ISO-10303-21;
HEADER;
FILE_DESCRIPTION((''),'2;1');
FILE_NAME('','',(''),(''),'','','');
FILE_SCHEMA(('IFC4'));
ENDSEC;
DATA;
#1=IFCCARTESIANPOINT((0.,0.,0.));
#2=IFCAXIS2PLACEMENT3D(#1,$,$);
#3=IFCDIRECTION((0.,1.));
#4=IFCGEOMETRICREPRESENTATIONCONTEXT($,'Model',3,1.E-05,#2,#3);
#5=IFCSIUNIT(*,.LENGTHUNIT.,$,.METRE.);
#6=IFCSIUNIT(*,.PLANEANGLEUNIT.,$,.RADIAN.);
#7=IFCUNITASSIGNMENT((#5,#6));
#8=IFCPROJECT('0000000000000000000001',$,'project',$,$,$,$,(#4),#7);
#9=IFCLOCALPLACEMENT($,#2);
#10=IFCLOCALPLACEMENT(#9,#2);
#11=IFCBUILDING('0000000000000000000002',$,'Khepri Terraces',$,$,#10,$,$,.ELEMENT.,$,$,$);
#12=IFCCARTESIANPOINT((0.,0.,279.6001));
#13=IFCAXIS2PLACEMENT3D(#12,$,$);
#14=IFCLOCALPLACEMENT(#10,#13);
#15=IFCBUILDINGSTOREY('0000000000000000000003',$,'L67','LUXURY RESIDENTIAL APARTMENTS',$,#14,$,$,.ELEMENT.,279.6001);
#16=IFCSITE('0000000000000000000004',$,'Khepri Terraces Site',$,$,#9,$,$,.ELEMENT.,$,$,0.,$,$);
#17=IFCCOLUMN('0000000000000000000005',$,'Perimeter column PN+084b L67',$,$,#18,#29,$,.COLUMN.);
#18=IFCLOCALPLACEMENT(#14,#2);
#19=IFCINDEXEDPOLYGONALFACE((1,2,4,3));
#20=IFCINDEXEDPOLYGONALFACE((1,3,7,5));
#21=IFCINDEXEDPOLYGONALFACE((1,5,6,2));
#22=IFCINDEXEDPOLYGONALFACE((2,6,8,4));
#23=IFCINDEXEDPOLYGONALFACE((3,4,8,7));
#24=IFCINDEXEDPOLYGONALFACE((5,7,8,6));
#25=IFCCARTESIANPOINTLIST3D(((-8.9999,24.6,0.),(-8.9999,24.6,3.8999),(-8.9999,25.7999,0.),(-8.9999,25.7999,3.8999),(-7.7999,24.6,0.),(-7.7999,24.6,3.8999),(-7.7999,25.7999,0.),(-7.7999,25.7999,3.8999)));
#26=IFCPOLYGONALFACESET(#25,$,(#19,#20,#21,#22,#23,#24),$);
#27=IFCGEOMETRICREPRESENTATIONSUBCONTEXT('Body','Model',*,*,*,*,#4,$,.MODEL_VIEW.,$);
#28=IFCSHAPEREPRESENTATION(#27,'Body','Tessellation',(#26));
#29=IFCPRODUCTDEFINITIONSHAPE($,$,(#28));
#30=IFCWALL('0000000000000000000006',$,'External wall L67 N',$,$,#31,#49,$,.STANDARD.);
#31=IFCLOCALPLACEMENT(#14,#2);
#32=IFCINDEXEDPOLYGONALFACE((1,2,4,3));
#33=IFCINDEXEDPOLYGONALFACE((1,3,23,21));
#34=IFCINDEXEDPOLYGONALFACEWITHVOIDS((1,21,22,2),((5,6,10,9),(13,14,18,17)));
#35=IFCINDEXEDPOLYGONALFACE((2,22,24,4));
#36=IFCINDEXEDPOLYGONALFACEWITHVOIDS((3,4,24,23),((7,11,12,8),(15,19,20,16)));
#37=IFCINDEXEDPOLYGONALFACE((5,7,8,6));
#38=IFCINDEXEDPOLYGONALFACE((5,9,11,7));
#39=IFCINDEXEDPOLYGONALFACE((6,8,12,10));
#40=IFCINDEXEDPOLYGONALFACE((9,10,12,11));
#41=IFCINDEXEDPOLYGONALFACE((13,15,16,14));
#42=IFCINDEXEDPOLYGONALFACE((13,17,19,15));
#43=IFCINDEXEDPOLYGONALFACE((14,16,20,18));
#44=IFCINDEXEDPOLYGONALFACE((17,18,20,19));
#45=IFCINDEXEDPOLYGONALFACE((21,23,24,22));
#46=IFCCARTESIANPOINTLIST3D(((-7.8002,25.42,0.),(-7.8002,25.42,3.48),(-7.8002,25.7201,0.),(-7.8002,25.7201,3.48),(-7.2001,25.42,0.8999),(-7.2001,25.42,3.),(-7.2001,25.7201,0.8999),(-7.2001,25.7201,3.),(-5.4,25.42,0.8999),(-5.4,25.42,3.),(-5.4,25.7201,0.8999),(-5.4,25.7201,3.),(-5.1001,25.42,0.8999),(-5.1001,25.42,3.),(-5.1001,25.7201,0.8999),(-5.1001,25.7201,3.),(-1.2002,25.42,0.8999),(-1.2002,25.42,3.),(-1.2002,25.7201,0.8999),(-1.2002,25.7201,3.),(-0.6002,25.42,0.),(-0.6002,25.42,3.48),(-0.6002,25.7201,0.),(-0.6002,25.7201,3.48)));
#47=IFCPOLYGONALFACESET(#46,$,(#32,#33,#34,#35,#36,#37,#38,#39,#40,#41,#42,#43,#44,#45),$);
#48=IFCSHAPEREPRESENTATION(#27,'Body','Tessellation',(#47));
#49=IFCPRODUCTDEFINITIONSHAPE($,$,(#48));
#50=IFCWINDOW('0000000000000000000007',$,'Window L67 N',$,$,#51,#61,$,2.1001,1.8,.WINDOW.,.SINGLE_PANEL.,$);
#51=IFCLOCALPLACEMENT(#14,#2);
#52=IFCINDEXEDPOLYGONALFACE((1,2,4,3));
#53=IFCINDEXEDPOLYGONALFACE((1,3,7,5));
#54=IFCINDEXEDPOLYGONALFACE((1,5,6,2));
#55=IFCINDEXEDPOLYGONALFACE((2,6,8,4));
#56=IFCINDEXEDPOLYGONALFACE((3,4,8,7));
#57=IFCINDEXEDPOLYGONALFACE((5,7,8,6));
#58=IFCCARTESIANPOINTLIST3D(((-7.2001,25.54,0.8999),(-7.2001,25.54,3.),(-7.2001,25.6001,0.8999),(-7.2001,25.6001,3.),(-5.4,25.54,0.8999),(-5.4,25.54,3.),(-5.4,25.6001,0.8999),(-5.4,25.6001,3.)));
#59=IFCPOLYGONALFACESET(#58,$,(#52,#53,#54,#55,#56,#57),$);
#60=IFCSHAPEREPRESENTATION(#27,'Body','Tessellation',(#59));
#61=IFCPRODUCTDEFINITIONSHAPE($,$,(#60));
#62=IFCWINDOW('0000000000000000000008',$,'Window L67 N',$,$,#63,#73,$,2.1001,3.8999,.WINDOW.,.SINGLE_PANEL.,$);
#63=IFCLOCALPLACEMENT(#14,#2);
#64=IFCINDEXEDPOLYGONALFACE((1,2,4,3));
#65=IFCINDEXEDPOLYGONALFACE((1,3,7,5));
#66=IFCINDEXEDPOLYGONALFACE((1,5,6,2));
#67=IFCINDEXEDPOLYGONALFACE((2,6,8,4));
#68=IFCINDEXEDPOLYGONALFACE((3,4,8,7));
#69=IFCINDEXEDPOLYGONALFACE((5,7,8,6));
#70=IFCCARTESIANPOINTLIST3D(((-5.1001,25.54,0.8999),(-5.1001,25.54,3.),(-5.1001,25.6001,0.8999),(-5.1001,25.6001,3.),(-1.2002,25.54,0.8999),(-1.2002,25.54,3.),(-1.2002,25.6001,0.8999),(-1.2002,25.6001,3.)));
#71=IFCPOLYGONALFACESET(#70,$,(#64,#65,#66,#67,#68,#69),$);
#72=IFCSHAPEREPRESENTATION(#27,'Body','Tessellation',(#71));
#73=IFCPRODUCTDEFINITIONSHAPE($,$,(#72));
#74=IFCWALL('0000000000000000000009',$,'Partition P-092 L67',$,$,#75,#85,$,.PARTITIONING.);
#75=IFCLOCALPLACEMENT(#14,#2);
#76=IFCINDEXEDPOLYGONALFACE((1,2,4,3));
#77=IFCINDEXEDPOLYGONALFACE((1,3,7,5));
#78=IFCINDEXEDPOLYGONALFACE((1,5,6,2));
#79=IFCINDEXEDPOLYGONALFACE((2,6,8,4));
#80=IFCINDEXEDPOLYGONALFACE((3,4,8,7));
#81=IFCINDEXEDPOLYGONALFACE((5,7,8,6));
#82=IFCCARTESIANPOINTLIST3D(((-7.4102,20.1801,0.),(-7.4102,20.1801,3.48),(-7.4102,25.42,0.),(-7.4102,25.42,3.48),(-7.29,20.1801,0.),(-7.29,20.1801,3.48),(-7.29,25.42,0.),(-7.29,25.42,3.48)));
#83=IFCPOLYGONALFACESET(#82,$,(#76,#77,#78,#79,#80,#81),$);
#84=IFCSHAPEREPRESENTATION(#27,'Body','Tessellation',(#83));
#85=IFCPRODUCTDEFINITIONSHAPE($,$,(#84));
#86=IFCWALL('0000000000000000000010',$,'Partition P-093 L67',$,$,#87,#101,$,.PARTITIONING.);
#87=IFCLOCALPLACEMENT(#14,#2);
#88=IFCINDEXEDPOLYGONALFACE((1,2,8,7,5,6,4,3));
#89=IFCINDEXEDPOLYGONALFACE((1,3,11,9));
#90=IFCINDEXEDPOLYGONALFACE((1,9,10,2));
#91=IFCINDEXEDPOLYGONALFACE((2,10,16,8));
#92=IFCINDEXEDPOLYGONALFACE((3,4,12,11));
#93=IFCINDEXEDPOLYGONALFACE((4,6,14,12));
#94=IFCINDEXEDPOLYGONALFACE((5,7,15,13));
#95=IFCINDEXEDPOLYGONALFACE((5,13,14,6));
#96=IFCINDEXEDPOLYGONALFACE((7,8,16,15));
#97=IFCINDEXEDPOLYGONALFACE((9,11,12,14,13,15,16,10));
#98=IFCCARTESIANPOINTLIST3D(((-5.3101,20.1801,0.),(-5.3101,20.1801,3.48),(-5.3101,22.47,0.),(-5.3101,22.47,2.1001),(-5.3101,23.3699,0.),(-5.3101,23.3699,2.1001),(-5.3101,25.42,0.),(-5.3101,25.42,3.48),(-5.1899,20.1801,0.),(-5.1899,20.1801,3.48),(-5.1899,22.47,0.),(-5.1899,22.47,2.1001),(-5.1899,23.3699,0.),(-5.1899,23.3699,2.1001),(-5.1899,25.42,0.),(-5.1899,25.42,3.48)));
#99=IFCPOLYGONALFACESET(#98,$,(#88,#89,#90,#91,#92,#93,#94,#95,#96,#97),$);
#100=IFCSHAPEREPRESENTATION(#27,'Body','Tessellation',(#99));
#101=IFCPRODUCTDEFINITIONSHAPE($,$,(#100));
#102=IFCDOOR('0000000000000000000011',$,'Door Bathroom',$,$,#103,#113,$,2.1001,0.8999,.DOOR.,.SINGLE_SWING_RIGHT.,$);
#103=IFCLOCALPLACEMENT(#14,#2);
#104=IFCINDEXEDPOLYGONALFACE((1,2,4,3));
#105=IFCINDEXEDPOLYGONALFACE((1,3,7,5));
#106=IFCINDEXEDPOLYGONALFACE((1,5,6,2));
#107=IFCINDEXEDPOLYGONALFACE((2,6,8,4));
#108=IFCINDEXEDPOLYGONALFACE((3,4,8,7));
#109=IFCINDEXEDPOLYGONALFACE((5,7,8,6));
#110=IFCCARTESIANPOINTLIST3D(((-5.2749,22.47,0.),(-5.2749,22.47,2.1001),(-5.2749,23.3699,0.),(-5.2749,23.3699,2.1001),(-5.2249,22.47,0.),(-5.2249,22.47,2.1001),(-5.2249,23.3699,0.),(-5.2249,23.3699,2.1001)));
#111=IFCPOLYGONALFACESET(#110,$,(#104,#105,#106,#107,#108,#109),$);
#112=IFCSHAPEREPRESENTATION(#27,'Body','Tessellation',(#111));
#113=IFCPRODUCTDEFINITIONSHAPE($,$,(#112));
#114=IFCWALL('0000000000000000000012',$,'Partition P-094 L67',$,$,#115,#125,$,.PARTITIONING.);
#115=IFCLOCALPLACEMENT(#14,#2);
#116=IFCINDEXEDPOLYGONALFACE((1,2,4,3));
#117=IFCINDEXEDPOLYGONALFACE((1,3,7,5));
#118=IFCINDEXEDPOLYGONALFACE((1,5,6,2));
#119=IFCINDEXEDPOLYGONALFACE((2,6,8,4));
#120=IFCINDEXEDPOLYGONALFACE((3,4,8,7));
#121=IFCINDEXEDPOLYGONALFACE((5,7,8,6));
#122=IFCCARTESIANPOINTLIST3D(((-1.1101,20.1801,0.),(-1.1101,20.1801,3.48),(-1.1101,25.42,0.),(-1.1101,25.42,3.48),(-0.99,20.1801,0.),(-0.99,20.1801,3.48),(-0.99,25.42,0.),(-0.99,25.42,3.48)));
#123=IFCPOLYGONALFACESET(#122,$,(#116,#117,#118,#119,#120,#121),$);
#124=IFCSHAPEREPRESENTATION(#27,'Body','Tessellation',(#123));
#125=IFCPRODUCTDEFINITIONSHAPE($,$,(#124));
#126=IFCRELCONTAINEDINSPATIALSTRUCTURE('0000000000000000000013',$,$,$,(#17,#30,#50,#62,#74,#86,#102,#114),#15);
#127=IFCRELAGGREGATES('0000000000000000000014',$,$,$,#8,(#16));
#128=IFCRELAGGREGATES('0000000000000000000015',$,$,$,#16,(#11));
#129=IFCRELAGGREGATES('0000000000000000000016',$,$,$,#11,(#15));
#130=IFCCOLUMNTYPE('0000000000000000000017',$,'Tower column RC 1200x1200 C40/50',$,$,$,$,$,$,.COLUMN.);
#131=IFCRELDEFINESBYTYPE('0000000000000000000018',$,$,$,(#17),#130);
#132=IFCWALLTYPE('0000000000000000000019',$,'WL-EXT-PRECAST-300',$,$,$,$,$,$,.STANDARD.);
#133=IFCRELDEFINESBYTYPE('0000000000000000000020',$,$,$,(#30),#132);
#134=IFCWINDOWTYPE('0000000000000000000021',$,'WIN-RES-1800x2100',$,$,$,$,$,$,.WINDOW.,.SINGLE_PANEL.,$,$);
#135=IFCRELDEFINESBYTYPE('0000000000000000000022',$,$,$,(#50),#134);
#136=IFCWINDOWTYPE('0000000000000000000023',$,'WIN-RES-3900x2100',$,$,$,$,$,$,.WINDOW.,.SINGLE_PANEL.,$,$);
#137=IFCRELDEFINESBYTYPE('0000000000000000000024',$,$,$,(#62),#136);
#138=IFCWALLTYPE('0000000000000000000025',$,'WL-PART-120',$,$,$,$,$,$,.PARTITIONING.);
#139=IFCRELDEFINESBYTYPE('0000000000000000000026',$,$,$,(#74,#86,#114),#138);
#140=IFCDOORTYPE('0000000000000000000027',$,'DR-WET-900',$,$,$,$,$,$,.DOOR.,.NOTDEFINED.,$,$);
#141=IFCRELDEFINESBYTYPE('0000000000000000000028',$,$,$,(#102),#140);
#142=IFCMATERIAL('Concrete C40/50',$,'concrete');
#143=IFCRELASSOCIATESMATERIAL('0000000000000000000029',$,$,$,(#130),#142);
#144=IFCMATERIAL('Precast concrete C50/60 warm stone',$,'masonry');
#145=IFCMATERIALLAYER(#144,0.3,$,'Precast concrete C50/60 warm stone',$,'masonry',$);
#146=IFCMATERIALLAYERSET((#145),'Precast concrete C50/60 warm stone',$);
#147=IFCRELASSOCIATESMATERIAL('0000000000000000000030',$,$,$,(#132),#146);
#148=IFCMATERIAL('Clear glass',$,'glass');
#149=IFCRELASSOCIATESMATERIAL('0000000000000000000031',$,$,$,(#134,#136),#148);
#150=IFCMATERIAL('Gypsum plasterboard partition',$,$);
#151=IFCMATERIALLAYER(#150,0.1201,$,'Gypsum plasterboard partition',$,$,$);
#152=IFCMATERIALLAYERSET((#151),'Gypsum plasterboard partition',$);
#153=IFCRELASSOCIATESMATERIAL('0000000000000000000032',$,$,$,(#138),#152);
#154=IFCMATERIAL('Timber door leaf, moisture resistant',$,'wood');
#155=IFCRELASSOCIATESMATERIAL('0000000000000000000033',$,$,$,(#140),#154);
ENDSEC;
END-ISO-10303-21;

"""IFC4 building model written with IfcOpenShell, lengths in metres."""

from ifc_helpers import new_model, si_unit, direction, frame, frame_2d, origin, origin_2d, place, context, subcontext, project, spatial, rectangle, extrude, material, layer, layer_set, material_profile, profile_set, type_object, element, fill, save


model = new_model("IFC4")

# Units and contexts
model_context = context("Model", 3, precision=1e-05, world=origin(), true_north=direction((0.0, 1.0)))
body_context = subcontext(model_context, "Body", "Model", "MODEL_VIEW")
ifc_project = project(units=[si_unit("LENGTHUNIT", "METRE"), si_unit("PLANEANGLEUNIT", "RADIAN")], contexts=[model_context])

# Site, building, storey
site_placement = place(None, origin())
site = spatial("IfcSite", under=ifc_project, at=site_placement, Name="Khepri Terraces Site", CompositionType="ELEMENT", RefElevation=0.0)
building_placement = place(site_placement, origin())
building = spatial("IfcBuilding", under=site, at=building_placement, Name="Khepri Terraces", CompositionType="ELEMENT")
storey_placement = place(building_placement, frame((0.0, 0.0, 279.6001)))
storey = spatial("IfcBuildingStorey", under=building, at=storey_placement, Name="L67", Description="LUXURY RESIDENTIAL APARTMENTS", CompositionType="ELEMENT", Elevation=279.6001)

# Column
ifc_material_1 = material(Name="Concrete C40/50", Category="concrete")
ifc_material_profile = material_profile(ifc_material_1, rectangle(XDim=1.2, YDim=1.2, at=origin_2d()), Name="Concrete C40/50", Category="concrete")
ifc_profile_set = profile_set([ifc_material_profile], Name="Concrete C40/50")
column_type = type_object("IfcColumnType", Name="Tower column RC 1200x1200 C40/50", PredefinedType="COLUMN", material=ifc_profile_set)
column_placement = place(storey_placement, frame((-8.3999, 25.2, 0.0), z_axis=(0.0, 0.0, 1.0), x_axis=(1.0, 0.0, 0.0)))
element("IfcColumn", 1, at=column_placement, inside=storey, type_object=column_type, Name="Perimeter column PN+084b L67", PredefinedType="COLUMN", context=body_context, shape_type="SweptSolid", body=[
    extrude(rectangle(XDim=1.2, YDim=1.2, at=origin_2d()), origin(), (0.0, 0.0, 1.0), 3.8999),
])

# Wall, openings, windows
ifc_material_2 = material(Name="Precast concrete C50/60 warm stone", Category="masonry")
ifc_layer_1 = layer(ifc_material_2, 0.3, Name="Precast concrete C50/60 warm stone", Category="masonry")
ifc_layer_set_1 = layer_set([ifc_layer_1], Name="Precast concrete C50/60 warm stone")
wall_type_1 = type_object("IfcWallType", Name="WL-EXT-PRECAST-300", PredefinedType="STANDARD", material=ifc_layer_set_1)
wall_1_placement = place(storey_placement, frame((-0.6001, 25.5701, 0.0), z_axis=(0.0, 0.0, 1.0), x_axis=(-1.0, 0.0, 0.0)))
wall_1 = element("IfcWall", 2, at=wall_1_placement, inside=storey, type_object=wall_type_1, Name="External wall L67 N", PredefinedType="STANDARD", context=body_context, shape_type="SweptSolid", body=[
    extrude(rectangle(XDim=7.2, YDim=0.3, at=frame_2d((3.6001, 0.0))), origin(), (0.0, 0.0, 1.0), 3.48),
])
opening_1_placement = place(wall_1_placement, frame((0.6001, 0.0, 0.8999)))
opening_1 = element("IfcOpeningElement", 3, at=opening_1_placement, cuts=wall_1, PredefinedType="OPENING", context=body_context, shape_type="SweptSolid", body=[
    extrude(rectangle(XDim=3.8999, YDim=2.1001, at=frame_2d((1.95, 1.05))), frame((0.0, 0.1602, 0.0), z_axis=(0.0, -1.0, 0.0), x_axis=(1.0, 0.0, 0.0)), (0.0, 0.0, 1.0), 0.3201),
])
opening_2_placement = place(wall_1_placement, frame((4.8, 0.0, 0.8999)))
opening_2 = element("IfcOpeningElement", 4, at=opening_2_placement, cuts=wall_1, PredefinedType="OPENING", context=body_context, shape_type="SweptSolid", body=[
    extrude(rectangle(XDim=1.8, YDim=2.1001, at=frame_2d((0.8999, 1.05))), frame((0.0, 0.1602, 0.0), z_axis=(0.0, -1.0, 0.0), x_axis=(1.0, 0.0, 0.0)), (0.0, 0.0, 1.0), 0.3201),
])
ifc_material_3 = material(Name="Clear glass", Category="glass")
window_type_1 = type_object("IfcWindowType", Name="WIN-RES-1800x2100", PartitioningType="SINGLE_PANEL", PredefinedType="WINDOW", material=ifc_material_3)
window_1_placement = place(opening_2_placement, origin())
window_1 = element("IfcWindow", 5, at=window_1_placement, inside=storey, type_object=window_type_1, Name="Window L67 N", OverallHeight=2.1001, OverallWidth=1.8, PartitioningType="SINGLE_PANEL", PredefinedType="WINDOW", context=body_context, shape_type="SweptSolid", body=[
    extrude(rectangle(XDim=1.8, YDim=2.1001, at=frame_2d((0.8999, 1.05))), frame((0.0, 0.03, 0.0), z_axis=(0.0, -1.0, 0.0), x_axis=(1.0, 0.0, 0.0)), (0.0, 0.0, 1.0), 0.0601),
])
fill(opening_2, window_1)
window_type_2 = type_object("IfcWindowType", Name="WIN-RES-3900x2100", PartitioningType="SINGLE_PANEL", PredefinedType="WINDOW", material=ifc_material_3)
window_2_placement = place(opening_1_placement, origin())
window_2 = element("IfcWindow", 6, at=window_2_placement, inside=storey, type_object=window_type_2, Name="Window L67 N", OverallHeight=2.1001, OverallWidth=3.8999, PartitioningType="SINGLE_PANEL", PredefinedType="WINDOW", context=body_context, shape_type="SweptSolid", body=[
    extrude(rectangle(XDim=3.8999, YDim=2.1001, at=frame_2d((1.95, 1.05))), frame((0.0, 0.03, 0.0), z_axis=(0.0, -1.0, 0.0), x_axis=(1.0, 0.0, 0.0)), (0.0, 0.0, 1.0), 0.0601),
])
fill(opening_1, window_2)

# Wall
ifc_material_4 = material(Name="Gypsum plasterboard partition")
ifc_layer_2 = layer(ifc_material_4, 0.1201, Name="Gypsum plasterboard partition")
ifc_layer_set_2 = layer_set([ifc_layer_2], Name="Gypsum plasterboard partition")
wall_type_2 = type_object("IfcWallType", Name="WL-PART-120", PredefinedType="PARTITIONING", material=ifc_layer_set_2)
wall_2_placement = place(storey_placement, frame((-7.3501, 20.1799, 0.0), z_axis=(0.0, 0.0, 1.0), x_axis=(0.0, 1.0, 0.0)))
element("IfcWall", 7, at=wall_2_placement, inside=storey, type_object=wall_type_2, Name="Partition P-092 L67", PredefinedType="PARTITIONING", context=body_context, shape_type="SweptSolid", body=[
    extrude(rectangle(XDim=5.24, YDim=0.1201, at=frame_2d((2.6201, 0.0))), origin(), (0.0, 0.0, 1.0), 3.48),
])

# Wall, opening, door
wall_3_placement = place(storey_placement, frame((-5.25, 20.1799, 0.0), z_axis=(0.0, 0.0, 1.0), x_axis=(0.0, 1.0, 0.0)))
wall_3 = element("IfcWall", 8, at=wall_3_placement, inside=storey, type_object=wall_type_2, Name="Partition P-093 L67", PredefinedType="PARTITIONING", context=body_context, shape_type="SweptSolid", body=[
    extrude(rectangle(XDim=5.24, YDim=0.1201, at=frame_2d((2.6201, 0.0))), origin(), (0.0, 0.0, 1.0), 3.48),
])
opening_3_placement = place(wall_3_placement, frame((2.29, 0.0, 0.0)))
opening_3 = element("IfcOpeningElement", 9, at=opening_3_placement, cuts=wall_3, PredefinedType="OPENING", context=body_context, shape_type="SweptSolid", body=[
    extrude(rectangle(XDim=0.8999, YDim=2.1001, at=frame_2d((0.45, 1.05))), frame((0.0, 0.0701, 0.0), z_axis=(0.0, -1.0, 0.0), x_axis=(1.0, 0.0, 0.0)), (0.0, 0.0, 1.0), 0.1401),
])
ifc_material_5 = material(Name="Timber door leaf, moisture resistant", Category="wood")
door_type = type_object("IfcDoorType", Name="DR-WET-900", OperationType="NOTDEFINED", PredefinedType="DOOR", material=ifc_material_5)
door_placement = place(opening_3_placement, origin())
door = element("IfcDoor", 10, at=door_placement, inside=storey, type_object=door_type, Name="Door Bathroom", OperationType="SINGLE_SWING_RIGHT", OverallHeight=2.1001, OverallWidth=0.8999, PredefinedType="DOOR", context=body_context, shape_type="SweptSolid", body=[
    extrude(rectangle(XDim=0.8999, YDim=2.1001, at=frame_2d((0.45, 1.05))), frame((0.0, 0.0249, 0.0), z_axis=(0.0, -1.0, 0.0), x_axis=(1.0, 0.0, 0.0)), (0.0, 0.0, 1.0), 0.05),
])
fill(opening_3, door)

# Wall
wall_4_placement = place(storey_placement, frame((-1.05, 20.1799, 0.0), z_axis=(0.0, 0.0, 1.0), x_axis=(0.0, 1.0, 0.0)))
element("IfcWall", 11, at=wall_4_placement, inside=storey, type_object=wall_type_2, Name="Partition P-094 L67", PredefinedType="PARTITIONING", context=body_context, shape_type="SweptSolid", body=[
    extrude(rectangle(XDim=5.24, YDim=0.1201, at=frame_2d((2.6201, 0.0))), origin(), (0.0, 0.0, 1.0), 3.48),
])

save(model, "model.ifc")
